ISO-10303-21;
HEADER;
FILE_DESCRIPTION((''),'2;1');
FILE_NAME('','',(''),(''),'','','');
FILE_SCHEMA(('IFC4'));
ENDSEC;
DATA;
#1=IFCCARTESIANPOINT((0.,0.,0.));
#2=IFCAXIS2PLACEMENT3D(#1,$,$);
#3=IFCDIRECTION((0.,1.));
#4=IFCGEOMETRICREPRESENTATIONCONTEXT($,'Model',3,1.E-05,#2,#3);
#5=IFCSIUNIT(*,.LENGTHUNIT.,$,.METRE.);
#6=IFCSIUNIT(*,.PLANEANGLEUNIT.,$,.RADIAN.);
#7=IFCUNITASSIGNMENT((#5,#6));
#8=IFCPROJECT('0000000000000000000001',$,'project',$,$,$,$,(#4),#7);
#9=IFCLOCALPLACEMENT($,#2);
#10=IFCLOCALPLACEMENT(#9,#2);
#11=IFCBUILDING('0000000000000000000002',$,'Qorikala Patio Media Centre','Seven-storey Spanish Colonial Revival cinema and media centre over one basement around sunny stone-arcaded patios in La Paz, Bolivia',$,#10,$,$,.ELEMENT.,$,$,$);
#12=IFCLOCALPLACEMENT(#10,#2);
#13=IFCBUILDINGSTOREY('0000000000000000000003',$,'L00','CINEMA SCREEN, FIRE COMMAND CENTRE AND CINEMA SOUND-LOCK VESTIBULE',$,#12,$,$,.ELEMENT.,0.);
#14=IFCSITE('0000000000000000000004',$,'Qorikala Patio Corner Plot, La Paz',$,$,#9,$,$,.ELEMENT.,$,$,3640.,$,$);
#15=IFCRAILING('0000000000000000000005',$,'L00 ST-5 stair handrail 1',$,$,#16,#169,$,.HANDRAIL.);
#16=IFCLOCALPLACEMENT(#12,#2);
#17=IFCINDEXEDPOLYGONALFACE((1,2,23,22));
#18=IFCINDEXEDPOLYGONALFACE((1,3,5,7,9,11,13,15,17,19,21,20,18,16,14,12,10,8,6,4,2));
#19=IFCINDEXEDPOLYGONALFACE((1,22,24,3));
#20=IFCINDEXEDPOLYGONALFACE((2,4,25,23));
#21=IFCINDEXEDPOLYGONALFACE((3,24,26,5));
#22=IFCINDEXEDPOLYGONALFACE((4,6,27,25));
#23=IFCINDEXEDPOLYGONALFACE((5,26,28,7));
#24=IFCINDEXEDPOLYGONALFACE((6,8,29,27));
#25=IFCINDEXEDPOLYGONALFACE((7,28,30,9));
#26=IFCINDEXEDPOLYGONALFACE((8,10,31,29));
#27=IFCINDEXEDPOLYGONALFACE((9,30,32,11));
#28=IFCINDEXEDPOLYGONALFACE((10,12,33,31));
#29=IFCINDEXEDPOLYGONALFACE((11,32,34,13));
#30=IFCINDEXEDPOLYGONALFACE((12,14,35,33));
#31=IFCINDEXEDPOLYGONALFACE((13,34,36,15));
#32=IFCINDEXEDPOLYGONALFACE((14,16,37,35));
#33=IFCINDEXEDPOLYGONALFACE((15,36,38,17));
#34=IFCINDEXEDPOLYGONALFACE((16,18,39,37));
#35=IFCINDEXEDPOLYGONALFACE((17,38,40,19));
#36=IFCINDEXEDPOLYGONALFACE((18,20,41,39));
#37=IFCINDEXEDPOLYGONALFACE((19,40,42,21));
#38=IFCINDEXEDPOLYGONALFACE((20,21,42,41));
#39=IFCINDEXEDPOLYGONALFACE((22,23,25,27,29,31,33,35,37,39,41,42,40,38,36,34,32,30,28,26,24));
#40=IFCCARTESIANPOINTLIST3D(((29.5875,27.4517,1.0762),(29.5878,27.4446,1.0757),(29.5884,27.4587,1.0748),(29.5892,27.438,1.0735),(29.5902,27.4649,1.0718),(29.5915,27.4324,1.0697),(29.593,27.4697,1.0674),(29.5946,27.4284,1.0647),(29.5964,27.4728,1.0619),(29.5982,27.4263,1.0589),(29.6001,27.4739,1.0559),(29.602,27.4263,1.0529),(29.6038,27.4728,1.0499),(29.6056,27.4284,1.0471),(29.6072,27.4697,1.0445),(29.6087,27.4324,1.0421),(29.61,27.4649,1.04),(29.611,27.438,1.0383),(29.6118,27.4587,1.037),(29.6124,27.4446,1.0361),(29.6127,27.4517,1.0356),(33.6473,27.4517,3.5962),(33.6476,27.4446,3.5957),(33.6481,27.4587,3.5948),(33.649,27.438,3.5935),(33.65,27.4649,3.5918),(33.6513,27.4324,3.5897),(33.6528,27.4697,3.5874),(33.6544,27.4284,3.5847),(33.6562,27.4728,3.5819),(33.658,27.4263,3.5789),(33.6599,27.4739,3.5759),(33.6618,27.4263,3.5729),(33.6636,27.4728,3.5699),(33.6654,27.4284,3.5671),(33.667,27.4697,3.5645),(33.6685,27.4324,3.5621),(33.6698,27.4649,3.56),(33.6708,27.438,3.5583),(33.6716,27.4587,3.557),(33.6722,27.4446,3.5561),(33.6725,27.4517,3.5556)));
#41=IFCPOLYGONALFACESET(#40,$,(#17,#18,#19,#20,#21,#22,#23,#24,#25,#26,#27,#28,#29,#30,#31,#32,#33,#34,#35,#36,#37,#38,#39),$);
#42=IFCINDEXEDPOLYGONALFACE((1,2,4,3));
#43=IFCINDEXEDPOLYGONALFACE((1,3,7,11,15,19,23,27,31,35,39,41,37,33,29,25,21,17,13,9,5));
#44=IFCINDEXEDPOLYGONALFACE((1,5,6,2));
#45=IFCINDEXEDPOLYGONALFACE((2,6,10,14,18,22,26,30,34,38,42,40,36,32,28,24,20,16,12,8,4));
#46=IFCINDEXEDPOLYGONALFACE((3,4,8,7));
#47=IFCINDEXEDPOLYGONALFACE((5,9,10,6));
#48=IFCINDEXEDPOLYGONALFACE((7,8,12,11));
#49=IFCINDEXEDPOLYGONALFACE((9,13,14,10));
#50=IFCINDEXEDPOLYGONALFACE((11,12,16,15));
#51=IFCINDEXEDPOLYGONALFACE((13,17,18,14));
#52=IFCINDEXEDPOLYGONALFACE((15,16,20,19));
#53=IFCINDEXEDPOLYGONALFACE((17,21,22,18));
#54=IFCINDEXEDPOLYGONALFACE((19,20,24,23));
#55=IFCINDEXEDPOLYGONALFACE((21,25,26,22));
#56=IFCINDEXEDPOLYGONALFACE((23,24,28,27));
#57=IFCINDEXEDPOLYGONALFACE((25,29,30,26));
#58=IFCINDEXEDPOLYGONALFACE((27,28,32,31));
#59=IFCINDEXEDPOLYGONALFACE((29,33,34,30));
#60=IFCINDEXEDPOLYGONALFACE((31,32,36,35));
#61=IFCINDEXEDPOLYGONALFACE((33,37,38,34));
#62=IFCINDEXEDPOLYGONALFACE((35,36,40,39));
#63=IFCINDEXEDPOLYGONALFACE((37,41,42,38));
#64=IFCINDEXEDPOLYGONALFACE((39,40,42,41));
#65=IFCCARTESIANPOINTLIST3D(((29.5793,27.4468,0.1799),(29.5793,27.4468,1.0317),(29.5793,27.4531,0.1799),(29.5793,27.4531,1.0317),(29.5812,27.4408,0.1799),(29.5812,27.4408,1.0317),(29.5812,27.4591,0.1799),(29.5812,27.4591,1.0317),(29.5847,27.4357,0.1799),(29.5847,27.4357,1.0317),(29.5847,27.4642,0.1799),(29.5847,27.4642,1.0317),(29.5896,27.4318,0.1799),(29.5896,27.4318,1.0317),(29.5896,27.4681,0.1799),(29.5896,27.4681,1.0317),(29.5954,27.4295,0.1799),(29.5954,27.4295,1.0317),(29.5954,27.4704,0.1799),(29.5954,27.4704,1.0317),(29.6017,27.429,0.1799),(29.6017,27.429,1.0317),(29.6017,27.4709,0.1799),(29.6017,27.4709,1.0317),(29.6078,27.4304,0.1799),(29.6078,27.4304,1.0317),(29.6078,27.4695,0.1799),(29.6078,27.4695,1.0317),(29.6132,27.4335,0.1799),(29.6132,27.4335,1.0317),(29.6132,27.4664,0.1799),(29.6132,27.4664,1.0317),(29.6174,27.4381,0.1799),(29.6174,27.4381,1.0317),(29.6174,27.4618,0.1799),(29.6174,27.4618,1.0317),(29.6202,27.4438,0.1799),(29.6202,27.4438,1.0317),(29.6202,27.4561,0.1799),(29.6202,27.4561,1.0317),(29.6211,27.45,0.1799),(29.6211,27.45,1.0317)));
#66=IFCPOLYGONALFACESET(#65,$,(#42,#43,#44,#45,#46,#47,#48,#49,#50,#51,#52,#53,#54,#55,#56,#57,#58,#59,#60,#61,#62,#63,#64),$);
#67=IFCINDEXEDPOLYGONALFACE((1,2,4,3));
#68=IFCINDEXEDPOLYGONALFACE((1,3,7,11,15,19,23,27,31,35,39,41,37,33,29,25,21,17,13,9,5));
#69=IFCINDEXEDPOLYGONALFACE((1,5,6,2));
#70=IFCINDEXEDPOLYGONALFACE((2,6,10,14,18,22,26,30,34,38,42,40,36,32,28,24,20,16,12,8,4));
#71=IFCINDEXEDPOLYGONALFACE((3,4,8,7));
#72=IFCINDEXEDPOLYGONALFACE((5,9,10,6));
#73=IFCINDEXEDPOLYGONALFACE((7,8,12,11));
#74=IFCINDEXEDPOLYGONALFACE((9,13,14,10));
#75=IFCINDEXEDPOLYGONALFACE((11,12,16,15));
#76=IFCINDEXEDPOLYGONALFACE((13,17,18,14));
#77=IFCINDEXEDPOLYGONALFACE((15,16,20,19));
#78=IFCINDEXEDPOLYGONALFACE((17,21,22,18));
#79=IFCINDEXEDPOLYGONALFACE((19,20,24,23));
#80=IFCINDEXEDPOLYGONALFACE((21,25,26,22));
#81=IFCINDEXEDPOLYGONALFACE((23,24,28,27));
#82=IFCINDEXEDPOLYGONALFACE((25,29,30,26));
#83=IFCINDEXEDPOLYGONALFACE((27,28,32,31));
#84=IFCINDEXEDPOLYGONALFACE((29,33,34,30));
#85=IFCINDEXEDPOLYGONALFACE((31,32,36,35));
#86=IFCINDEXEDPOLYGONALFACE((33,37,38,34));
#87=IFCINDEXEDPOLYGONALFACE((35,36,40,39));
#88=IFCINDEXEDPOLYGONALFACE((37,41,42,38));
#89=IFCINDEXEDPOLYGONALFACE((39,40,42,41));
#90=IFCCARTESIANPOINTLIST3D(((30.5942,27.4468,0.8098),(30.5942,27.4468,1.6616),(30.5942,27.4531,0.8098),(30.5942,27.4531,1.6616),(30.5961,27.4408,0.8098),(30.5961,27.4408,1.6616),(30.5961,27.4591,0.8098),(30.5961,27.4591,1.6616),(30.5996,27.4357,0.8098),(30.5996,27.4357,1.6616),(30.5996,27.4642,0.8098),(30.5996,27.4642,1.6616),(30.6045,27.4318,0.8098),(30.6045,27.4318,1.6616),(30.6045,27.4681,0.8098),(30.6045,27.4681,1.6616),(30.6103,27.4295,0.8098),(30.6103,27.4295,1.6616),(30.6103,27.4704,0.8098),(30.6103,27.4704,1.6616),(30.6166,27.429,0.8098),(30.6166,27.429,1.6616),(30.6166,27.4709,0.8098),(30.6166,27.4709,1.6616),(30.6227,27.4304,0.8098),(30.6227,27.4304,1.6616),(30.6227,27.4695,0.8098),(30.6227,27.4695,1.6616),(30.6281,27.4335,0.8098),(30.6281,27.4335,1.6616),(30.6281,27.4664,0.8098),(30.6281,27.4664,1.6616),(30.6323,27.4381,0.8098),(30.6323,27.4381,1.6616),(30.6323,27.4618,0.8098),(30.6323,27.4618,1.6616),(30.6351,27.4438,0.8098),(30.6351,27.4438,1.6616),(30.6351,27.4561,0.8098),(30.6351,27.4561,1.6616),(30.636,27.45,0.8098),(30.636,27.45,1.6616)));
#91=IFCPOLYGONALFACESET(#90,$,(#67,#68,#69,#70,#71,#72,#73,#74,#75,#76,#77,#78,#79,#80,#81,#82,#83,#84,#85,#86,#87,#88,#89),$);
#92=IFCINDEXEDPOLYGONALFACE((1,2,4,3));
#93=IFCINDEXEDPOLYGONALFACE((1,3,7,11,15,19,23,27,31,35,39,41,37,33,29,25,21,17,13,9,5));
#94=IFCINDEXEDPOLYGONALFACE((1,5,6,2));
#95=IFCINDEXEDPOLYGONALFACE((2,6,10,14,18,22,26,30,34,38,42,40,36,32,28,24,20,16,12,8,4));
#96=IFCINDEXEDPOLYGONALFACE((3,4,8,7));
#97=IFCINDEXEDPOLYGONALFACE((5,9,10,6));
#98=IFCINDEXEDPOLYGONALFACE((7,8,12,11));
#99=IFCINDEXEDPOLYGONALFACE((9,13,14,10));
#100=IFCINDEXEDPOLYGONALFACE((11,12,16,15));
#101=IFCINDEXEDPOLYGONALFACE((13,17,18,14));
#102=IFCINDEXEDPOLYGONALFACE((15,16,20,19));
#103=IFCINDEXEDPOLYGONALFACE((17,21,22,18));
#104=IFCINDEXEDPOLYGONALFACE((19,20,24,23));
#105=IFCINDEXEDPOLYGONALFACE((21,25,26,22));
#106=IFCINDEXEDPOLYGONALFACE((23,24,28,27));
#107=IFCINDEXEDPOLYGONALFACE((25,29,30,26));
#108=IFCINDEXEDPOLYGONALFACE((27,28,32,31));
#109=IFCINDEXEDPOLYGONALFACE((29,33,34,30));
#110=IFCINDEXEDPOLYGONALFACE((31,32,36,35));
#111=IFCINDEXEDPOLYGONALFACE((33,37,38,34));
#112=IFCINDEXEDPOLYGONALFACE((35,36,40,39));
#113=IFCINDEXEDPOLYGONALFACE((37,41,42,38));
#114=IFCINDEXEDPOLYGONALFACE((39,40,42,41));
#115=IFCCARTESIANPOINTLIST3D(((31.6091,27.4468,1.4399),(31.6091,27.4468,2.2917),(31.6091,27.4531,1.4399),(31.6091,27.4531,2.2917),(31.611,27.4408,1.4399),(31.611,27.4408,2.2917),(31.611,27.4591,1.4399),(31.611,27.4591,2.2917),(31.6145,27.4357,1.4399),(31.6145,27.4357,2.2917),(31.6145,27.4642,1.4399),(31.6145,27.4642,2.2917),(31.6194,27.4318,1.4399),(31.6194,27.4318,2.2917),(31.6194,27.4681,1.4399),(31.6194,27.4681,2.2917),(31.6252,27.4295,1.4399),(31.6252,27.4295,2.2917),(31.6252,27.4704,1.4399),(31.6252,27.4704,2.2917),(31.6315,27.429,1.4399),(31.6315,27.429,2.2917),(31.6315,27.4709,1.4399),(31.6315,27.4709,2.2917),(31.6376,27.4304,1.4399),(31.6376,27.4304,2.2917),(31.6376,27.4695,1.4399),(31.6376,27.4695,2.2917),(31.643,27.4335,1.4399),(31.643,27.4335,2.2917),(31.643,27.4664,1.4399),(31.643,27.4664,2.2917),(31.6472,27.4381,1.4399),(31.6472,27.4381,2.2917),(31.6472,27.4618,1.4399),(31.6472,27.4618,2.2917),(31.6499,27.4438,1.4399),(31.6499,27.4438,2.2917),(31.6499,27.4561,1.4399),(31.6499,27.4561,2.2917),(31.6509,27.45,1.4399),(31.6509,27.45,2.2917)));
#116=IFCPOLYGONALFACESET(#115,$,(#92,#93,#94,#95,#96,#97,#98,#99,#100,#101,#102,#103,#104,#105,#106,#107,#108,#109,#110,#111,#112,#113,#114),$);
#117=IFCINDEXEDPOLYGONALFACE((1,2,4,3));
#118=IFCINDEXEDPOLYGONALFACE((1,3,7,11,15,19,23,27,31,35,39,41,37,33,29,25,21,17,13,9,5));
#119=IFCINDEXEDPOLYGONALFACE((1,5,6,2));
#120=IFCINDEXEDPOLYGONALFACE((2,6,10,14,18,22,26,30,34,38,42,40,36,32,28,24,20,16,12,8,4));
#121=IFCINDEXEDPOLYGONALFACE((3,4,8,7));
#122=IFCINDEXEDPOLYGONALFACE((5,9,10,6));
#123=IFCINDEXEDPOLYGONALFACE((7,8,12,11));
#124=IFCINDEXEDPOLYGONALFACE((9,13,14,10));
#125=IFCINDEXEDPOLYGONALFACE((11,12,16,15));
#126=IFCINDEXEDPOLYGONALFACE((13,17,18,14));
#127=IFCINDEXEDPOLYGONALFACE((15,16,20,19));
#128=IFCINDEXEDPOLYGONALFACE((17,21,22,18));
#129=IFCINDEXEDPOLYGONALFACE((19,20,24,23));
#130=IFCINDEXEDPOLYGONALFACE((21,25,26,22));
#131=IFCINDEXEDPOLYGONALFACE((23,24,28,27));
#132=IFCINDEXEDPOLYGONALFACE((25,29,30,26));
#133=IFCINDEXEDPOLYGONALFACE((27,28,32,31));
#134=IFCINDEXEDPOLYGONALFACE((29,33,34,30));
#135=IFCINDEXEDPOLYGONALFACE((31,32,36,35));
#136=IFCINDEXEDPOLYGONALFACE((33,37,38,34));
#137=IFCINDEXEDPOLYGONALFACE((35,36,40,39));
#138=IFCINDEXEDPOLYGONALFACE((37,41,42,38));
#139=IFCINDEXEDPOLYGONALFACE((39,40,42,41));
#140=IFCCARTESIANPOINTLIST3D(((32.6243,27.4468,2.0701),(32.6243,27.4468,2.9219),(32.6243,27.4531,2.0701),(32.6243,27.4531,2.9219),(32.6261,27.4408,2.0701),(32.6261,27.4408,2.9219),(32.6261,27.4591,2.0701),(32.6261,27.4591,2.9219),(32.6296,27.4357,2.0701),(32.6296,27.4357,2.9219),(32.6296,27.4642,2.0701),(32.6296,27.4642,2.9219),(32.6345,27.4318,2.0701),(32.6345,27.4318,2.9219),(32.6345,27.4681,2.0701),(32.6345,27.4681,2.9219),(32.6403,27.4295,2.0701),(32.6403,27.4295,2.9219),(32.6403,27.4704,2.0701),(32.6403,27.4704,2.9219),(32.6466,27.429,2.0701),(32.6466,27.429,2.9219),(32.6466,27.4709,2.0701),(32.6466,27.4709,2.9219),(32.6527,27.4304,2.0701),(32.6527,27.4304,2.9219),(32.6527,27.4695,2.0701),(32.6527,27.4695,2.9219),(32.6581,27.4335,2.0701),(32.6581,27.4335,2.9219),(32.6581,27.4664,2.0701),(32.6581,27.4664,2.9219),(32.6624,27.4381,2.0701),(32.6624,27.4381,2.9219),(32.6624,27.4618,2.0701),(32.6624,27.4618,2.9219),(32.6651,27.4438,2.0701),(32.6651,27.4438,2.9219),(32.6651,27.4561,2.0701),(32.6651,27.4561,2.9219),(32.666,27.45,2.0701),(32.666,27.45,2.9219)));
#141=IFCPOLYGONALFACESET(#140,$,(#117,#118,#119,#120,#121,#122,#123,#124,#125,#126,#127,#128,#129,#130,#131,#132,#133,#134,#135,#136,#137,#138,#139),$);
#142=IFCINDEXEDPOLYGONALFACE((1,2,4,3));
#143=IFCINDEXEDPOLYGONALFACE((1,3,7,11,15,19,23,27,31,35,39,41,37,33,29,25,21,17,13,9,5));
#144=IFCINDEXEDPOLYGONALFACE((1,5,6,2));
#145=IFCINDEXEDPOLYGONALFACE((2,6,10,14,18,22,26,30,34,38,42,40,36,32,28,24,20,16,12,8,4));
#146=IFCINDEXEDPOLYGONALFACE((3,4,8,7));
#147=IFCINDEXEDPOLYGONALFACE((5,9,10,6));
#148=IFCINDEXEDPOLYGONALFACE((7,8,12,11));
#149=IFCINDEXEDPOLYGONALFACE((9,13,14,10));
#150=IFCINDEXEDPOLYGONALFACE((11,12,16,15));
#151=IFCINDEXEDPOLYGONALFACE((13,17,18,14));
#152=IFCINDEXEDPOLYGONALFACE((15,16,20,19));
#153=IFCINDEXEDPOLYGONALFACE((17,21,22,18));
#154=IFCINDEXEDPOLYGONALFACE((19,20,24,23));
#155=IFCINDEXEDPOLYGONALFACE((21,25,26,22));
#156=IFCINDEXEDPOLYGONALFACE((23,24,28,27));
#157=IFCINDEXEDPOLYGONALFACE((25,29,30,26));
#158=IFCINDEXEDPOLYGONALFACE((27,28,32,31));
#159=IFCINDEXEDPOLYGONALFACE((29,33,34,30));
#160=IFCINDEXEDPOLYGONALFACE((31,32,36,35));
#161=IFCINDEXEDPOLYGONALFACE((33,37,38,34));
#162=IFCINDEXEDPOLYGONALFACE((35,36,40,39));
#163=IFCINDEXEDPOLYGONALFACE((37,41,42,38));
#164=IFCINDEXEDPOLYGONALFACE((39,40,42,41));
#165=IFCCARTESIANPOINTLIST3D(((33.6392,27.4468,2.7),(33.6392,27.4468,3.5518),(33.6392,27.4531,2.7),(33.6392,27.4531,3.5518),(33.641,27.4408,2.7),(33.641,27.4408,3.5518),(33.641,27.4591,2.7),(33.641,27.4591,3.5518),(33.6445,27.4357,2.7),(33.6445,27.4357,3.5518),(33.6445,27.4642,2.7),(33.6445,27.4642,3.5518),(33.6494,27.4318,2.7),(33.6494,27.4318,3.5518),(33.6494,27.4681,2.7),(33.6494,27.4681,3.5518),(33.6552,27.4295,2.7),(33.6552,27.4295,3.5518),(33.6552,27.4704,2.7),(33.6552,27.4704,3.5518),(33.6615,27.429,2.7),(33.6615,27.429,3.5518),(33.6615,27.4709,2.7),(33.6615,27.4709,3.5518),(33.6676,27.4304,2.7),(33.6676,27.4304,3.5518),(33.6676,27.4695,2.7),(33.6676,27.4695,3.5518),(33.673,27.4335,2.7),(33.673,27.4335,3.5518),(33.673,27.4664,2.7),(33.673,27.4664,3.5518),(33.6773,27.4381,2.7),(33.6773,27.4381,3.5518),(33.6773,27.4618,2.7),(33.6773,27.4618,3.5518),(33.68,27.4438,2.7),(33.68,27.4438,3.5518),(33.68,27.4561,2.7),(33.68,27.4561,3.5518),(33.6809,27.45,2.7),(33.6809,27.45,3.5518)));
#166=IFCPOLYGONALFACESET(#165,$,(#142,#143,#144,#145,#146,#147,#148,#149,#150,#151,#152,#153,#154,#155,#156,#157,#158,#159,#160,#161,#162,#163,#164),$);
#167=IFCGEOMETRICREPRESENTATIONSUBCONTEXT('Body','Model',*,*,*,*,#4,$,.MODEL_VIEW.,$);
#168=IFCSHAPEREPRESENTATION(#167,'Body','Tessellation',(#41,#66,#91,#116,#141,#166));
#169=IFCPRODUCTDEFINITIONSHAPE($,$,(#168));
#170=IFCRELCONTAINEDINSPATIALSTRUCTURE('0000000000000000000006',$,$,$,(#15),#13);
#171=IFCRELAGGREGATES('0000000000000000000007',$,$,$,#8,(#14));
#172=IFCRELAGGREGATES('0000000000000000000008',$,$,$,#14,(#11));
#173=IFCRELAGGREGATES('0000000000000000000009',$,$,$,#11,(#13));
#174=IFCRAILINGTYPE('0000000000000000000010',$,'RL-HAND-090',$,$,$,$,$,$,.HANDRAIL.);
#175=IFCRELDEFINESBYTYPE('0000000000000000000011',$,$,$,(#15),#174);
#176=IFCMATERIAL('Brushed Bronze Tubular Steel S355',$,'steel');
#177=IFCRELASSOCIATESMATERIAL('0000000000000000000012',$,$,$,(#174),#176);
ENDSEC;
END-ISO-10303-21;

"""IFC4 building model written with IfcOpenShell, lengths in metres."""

from ifc_helpers import new_model, si_unit, direction, frame, origin, origin_2d, place, context, subcontext, project, spatial, circle, extrude, material, type_object, element, save


model = new_model("IFC4")

# Units and contexts
model_context = context("Model", 3, precision=1e-05, world=origin(), true_north=direction((0.0, 1.0)))
body_context = subcontext(model_context, "Body", "Model", "MODEL_VIEW")
ifc_project = project(units=[si_unit("LENGTHUNIT", "METRE"), si_unit("PLANEANGLEUNIT", "RADIAN")], contexts=[model_context])

# Site, building, storey
site_placement = place(None, origin())
site = spatial("IfcSite", under=ifc_project, at=site_placement, Name="Qorikala Patio Corner Plot, La Paz", CompositionType="ELEMENT", RefElevation=3640.0)
building_placement = place(site_placement, origin())
building = spatial("IfcBuilding", under=site, at=building_placement, Name="Qorikala Patio Media Centre", Description="Seven-storey Spanish Colonial Revival cinema and media centre over one basement around sunny stone-arcaded patios in La Paz, Bolivia", CompositionType="ELEMENT")
storey_placement = place(building_placement, origin())
storey = spatial("IfcBuildingStorey", under=building, at=storey_placement, Name="L00", Description="CINEMA SCREEN, FIRE COMMAND CENTRE AND CINEMA SOUND-LOCK VESTIBULE", CompositionType="ELEMENT", Elevation=0.0)

# Railing
ifc_material_1 = material(Name="Brushed Bronze Tubular Steel S355", Category="steel")
railing_type_1 = type_object("IfcRailingType", Name="RL-HAND-090", PredefinedType="HANDRAIL", material=ifc_material_1)
railing_1_placement = place(storey_placement, frame((29.6001, 27.45, 0.1799)))
element("IfcRailing", 1, at=railing_1_placement, inside=storey, type_object=railing_type_1, Name="L00 ST-5 stair handrail 1", PredefinedType="HANDRAIL", context=body_context, shape_type="SweptSolid", body=[
    extrude(circle(Radius=0.0239, at=origin_2d()), frame((0.0, 0.0, 0.876), z_axis=(0.849628, 0.0, 0.527383), x_axis=(0.0, 1.0, 0.0)), (0.0, 0.0, 1.0), 4.7783),
    extrude(circle(Radius=0.021, at=origin_2d()), origin(), (0.0, 0.0, 1.0), 0.8518),
    extrude(circle(Radius=0.021, at=origin_2d()), frame((1.0149, 0.0, 0.6299)), (0.0, 0.0, 1.0), 0.8518),
    extrude(circle(Radius=0.021, at=origin_2d()), frame((2.0298, 0.0, 1.26)), (0.0, 0.0, 1.0), 0.8518),
    extrude(circle(Radius=0.021, at=origin_2d()), frame((3.0449, 0.0, 1.8901)), (0.0, 0.0, 1.0), 0.8518),
    extrude(circle(Radius=0.021, at=origin_2d()), frame((4.0598, 0.0, 2.52)), (0.0, 0.0, 1.0), 0.8518),
])

save(model, "model.ifc")
